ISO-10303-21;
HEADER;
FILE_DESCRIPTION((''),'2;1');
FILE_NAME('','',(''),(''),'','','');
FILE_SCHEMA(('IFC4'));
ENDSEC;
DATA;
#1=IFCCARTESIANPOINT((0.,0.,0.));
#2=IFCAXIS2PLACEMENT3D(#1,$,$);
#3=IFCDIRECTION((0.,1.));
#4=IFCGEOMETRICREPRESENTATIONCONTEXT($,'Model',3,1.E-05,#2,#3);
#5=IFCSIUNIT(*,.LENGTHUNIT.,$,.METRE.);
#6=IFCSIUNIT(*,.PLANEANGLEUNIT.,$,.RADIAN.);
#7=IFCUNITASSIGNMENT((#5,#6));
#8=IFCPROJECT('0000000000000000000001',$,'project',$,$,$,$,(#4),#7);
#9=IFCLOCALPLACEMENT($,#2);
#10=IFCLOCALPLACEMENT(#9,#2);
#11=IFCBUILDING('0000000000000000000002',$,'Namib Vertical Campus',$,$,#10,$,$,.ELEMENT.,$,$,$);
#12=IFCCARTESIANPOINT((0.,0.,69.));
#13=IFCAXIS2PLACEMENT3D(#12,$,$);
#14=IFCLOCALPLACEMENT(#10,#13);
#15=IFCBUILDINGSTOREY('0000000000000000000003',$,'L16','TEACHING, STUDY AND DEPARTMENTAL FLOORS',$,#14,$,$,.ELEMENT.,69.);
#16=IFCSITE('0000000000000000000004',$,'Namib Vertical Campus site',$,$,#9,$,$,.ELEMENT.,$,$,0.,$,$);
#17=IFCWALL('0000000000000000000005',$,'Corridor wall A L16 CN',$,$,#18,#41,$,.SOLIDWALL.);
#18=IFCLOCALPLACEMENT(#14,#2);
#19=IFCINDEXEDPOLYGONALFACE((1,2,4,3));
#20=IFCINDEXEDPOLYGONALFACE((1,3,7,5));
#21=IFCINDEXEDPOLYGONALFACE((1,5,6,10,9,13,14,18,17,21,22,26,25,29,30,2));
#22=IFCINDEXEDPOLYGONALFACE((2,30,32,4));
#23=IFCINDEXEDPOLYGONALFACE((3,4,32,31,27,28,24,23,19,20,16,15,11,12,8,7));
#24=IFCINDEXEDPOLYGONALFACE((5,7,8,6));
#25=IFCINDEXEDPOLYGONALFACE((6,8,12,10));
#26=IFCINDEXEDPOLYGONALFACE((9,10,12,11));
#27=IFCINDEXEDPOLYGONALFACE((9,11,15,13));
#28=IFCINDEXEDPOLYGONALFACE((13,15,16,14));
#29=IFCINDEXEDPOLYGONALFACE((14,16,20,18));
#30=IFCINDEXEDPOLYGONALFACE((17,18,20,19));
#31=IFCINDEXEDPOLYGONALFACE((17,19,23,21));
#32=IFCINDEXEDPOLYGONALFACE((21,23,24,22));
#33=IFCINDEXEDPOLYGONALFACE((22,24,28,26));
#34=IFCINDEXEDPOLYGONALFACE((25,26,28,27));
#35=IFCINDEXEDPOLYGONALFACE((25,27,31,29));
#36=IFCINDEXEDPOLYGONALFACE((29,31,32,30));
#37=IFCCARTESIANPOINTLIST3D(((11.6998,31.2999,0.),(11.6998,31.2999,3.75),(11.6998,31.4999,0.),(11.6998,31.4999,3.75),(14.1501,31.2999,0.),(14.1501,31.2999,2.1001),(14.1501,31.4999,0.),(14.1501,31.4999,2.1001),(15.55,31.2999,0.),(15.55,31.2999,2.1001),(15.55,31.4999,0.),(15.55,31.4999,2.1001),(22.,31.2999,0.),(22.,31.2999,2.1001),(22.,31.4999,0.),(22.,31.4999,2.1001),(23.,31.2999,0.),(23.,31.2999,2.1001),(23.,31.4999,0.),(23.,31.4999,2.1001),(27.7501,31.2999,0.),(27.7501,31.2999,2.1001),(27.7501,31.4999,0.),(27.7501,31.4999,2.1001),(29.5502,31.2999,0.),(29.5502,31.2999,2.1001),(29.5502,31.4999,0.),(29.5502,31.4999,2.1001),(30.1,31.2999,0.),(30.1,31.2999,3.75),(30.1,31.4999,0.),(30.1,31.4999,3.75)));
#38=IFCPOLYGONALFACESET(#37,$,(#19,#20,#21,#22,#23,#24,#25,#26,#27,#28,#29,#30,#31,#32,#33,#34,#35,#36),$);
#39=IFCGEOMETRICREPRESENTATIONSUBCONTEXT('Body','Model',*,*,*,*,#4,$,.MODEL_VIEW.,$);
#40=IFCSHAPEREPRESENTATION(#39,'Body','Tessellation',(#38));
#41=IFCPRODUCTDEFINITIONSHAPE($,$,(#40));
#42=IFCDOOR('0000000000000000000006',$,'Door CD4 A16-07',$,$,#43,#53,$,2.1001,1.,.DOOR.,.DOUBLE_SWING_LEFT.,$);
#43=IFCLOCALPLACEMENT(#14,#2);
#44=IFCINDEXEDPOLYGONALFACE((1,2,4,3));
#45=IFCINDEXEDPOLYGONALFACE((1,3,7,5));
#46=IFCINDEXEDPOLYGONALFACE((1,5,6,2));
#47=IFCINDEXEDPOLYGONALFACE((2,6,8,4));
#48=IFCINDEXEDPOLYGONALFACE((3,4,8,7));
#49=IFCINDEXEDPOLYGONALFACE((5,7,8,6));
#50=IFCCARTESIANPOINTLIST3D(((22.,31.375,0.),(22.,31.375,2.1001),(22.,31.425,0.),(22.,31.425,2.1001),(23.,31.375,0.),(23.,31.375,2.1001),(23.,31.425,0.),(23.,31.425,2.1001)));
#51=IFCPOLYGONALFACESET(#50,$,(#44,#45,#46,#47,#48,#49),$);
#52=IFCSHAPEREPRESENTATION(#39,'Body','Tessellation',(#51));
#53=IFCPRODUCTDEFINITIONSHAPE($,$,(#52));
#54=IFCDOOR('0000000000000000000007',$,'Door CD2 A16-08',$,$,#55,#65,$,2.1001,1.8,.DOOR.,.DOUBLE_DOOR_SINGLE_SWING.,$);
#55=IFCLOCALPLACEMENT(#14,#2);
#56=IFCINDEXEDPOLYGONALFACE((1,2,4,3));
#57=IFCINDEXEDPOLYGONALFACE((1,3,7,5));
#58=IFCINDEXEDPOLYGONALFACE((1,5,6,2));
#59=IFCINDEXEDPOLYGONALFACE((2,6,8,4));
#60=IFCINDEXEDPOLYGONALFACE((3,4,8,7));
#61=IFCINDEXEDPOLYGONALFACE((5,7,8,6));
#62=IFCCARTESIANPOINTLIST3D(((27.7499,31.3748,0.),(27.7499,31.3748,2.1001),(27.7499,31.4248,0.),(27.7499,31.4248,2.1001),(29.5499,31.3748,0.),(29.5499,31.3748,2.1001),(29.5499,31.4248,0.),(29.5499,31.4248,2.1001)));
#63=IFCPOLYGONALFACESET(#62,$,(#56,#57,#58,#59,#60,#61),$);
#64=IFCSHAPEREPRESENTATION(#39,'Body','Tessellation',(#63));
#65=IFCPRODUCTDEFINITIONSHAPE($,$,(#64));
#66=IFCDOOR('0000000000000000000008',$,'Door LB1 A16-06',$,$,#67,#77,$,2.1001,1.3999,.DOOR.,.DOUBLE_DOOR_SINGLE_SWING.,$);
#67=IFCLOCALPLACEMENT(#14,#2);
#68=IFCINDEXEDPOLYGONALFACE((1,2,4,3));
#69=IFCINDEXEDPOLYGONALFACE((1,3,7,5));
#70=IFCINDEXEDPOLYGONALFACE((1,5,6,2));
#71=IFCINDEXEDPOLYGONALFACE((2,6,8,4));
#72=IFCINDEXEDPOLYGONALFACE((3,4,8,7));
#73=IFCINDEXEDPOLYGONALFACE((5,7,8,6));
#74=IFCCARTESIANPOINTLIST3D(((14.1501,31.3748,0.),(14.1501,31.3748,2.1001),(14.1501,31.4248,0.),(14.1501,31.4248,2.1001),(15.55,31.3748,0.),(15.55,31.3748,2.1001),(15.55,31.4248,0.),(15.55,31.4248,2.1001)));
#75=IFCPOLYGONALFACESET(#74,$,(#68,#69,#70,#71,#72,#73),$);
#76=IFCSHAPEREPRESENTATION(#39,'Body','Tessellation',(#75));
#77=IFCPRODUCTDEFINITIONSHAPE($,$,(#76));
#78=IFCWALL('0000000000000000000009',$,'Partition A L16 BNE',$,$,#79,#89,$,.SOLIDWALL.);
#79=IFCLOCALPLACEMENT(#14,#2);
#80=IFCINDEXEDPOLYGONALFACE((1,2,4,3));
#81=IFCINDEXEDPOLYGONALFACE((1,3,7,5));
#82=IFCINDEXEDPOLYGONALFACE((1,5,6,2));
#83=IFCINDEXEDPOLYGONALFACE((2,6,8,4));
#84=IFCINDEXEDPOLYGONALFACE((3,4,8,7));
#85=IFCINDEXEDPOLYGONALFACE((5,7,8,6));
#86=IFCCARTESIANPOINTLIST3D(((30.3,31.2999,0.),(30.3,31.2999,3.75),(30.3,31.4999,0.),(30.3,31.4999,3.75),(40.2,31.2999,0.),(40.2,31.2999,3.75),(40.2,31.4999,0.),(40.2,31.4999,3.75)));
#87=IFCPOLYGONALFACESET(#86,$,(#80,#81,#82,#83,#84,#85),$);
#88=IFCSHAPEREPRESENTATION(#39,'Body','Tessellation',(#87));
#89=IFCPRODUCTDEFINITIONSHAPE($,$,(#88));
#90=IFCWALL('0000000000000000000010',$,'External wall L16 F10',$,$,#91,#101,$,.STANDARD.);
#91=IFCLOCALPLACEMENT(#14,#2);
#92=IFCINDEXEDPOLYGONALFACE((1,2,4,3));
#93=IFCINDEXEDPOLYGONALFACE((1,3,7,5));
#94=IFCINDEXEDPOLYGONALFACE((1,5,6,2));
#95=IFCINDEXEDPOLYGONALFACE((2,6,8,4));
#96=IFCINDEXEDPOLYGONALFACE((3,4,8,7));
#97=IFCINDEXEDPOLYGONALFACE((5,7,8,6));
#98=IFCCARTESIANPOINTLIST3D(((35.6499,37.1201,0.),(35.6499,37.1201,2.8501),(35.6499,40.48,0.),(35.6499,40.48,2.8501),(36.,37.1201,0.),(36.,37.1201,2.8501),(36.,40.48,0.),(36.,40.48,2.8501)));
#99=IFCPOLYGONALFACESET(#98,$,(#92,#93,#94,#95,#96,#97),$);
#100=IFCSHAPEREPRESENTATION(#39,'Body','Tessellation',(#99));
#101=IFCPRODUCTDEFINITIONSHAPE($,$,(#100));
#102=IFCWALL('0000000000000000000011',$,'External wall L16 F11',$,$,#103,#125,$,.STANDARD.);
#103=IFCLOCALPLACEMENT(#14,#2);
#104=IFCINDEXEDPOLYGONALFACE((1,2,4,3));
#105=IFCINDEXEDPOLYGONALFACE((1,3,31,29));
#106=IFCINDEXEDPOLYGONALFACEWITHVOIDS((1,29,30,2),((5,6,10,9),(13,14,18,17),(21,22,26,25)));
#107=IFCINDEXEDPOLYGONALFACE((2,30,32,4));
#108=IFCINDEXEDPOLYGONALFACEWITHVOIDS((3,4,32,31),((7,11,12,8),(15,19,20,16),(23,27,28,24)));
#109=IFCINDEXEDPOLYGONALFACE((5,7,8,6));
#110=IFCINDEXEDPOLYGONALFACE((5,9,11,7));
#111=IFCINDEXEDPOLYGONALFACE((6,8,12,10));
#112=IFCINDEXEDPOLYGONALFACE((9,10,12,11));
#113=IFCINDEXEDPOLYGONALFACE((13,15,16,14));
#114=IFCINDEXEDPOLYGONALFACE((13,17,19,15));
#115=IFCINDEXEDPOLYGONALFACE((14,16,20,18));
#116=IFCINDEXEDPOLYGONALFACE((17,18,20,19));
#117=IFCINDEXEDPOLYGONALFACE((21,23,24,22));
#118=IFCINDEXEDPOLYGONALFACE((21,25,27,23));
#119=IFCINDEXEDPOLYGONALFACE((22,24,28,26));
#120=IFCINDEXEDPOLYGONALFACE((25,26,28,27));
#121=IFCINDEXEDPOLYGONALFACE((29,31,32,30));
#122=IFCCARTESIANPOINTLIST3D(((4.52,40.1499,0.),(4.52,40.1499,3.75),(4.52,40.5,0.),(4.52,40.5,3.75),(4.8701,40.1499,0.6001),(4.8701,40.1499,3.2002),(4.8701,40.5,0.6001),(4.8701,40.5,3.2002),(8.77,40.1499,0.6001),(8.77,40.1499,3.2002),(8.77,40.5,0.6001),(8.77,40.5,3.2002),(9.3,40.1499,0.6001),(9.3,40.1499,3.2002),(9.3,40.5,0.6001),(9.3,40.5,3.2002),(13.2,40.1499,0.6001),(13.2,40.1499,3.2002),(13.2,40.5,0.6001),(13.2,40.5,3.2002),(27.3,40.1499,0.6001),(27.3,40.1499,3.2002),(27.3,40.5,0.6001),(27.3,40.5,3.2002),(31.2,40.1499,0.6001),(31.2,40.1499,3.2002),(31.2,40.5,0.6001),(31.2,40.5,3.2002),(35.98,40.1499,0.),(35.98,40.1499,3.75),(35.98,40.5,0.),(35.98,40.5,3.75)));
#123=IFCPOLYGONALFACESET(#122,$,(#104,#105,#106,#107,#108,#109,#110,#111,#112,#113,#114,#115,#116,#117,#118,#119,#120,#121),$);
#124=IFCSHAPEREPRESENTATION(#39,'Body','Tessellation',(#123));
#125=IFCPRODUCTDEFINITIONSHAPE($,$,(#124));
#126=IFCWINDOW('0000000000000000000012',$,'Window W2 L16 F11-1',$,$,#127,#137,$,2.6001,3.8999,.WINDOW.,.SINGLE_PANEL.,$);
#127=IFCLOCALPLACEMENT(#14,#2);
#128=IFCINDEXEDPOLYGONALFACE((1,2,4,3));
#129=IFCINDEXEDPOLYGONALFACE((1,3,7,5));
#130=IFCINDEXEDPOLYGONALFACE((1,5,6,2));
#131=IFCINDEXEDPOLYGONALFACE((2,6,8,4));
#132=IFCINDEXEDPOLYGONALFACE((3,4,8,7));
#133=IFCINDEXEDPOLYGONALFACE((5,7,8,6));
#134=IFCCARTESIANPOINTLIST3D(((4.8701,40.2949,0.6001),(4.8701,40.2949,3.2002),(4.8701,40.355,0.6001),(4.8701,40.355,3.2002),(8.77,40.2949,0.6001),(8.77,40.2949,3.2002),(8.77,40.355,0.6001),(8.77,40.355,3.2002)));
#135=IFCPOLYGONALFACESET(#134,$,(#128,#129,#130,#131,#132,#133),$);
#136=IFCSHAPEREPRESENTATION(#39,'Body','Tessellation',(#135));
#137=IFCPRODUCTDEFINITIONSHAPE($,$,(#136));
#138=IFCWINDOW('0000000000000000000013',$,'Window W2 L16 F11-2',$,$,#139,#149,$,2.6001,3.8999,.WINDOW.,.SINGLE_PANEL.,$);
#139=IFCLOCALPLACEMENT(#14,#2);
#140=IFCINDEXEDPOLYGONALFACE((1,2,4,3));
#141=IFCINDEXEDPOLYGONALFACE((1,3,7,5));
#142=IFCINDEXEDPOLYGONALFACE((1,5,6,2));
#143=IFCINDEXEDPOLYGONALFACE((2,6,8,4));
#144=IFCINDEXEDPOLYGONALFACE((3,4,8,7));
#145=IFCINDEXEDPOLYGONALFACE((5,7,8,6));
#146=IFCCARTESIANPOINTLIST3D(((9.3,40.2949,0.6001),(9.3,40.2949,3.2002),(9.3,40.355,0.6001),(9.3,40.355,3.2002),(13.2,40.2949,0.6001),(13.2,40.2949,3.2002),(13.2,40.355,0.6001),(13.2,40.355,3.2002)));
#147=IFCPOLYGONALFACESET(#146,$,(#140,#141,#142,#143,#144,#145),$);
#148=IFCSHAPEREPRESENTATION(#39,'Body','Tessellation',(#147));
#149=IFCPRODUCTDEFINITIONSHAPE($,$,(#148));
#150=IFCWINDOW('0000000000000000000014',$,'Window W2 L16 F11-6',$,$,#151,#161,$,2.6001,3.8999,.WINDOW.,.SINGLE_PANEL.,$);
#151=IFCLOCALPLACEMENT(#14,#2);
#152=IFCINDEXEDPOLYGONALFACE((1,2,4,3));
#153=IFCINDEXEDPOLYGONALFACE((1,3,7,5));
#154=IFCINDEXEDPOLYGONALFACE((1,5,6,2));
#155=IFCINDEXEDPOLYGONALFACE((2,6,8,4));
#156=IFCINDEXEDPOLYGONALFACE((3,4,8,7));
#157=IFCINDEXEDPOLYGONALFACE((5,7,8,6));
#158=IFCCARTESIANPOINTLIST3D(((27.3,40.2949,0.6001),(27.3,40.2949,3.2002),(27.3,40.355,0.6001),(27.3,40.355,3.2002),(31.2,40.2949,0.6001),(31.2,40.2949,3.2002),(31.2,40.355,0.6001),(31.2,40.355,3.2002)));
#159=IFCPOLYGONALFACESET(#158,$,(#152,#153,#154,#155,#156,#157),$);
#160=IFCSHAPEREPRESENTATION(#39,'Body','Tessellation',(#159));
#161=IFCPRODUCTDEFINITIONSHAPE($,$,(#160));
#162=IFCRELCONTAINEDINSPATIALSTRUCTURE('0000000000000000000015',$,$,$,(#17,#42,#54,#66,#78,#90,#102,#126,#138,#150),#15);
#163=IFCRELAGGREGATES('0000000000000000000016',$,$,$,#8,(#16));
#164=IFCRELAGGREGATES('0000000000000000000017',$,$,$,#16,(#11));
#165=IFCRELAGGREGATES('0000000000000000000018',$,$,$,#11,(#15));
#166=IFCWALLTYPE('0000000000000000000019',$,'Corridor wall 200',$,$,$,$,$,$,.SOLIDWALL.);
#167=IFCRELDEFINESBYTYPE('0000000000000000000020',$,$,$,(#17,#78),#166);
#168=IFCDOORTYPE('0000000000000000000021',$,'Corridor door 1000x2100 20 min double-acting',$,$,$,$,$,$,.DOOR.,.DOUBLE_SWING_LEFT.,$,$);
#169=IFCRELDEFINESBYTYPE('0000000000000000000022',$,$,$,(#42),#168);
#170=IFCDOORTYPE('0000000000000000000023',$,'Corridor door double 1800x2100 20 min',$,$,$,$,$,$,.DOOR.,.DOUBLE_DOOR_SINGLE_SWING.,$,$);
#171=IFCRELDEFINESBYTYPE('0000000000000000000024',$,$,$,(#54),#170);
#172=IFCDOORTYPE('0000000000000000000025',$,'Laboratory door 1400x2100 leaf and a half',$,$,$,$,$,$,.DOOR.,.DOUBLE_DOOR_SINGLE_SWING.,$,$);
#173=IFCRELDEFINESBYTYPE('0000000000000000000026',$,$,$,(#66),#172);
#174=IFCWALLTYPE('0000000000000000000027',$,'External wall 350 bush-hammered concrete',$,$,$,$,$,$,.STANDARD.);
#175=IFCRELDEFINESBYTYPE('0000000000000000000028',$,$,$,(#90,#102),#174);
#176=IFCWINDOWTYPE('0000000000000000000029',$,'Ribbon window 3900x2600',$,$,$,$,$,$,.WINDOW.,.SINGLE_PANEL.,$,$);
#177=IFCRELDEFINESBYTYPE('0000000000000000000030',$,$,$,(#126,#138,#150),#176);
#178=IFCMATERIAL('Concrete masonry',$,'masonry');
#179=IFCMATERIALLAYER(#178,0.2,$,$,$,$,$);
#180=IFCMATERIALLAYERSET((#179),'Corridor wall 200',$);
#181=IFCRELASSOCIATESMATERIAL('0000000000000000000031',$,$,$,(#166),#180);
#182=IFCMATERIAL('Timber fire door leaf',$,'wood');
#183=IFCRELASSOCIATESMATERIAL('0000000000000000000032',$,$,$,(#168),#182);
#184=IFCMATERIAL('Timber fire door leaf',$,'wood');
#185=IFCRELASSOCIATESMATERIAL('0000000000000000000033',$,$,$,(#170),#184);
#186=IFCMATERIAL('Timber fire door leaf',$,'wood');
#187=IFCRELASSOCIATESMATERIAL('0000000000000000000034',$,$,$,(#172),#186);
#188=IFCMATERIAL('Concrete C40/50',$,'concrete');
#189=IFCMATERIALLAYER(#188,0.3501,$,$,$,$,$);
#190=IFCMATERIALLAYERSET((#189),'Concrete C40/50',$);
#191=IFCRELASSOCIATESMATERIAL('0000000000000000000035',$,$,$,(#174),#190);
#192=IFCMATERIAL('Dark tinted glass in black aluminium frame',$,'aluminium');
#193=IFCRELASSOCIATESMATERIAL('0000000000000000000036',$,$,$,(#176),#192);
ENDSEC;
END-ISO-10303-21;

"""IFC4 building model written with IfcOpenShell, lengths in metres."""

from ifc_helpers import new_model, si_unit, direction, frame, frame_2d, origin, place, context, subcontext, project, spatial, rectangle, extrude, material, layer, layer_set, type_object, element, fill, save


model = new_model("IFC4")

# Units and contexts
model_context = context("Model", 3, precision=1e-05, world=origin(), true_north=direction((0.0, 1.0)))
body_context = subcontext(model_context, "Body", "Model", "MODEL_VIEW")
ifc_project = project(units=[si_unit("LENGTHUNIT", "METRE"), si_unit("PLANEANGLEUNIT", "RADIAN")], contexts=[model_context])

# Site, building, storey
site_placement = place(None, origin())
site = spatial("IfcSite", under=ifc_project, at=site_placement, Name="Namib Vertical Campus site", CompositionType="ELEMENT", RefElevation=0.0)
building_placement = place(site_placement, origin())
building = spatial("IfcBuilding", under=site, at=building_placement, Name="Namib Vertical Campus", CompositionType="ELEMENT")
storey_placement = place(building_placement, frame((0.0, 0.0, 69.0)))
storey = spatial("IfcBuildingStorey", under=building, at=storey_placement, Name="L16", Description="TEACHING, STUDY AND DEPARTMENTAL FLOORS", CompositionType="ELEMENT", Elevation=69.0)

# Wall, openings, doors
ifc_material_1 = material(Name="Concrete masonry", Category="masonry")
ifc_layer_1 = layer(ifc_material_1, 0.2)
ifc_layer_set_1 = layer_set([ifc_layer_1], Name="Corridor wall 200")
wall_type_1 = type_object("IfcWallType", Name="Corridor wall 200", PredefinedType="SOLIDWALL", material=ifc_layer_set_1)
wall_1_placement = place(storey_placement, frame((30.1001, 31.3999, 0.0), z_axis=(0.0, 0.0, 1.0), x_axis=(-1.0, 0.0, 0.0)))
wall_1 = element("IfcWall", 1, at=wall_1_placement, inside=storey, type_object=wall_type_1, Name="Corridor wall A L16 CN", PredefinedType="SOLIDWALL", context=body_context, shape_type="SweptSolid", body=[
    extrude(rectangle(XDim=18.4001, YDim=0.2, at=frame_2d((9.2002, 0.0))), origin(), (0.0, 0.0, 1.0), 3.75),
])
opening_1_placement = place(wall_1_placement, frame((14.55, 0.0, 0.0)))
opening_1 = element("IfcOpeningElement", 2, at=opening_1_placement, cuts=wall_1, PredefinedType="OPENING", context=body_context, shape_type="SweptSolid", body=[
    extrude(rectangle(XDim=1.3999, YDim=2.1001, at=frame_2d((0.7, 1.05))), frame((0.0, 0.1099, 0.0), z_axis=(0.0, -1.0, 0.0), x_axis=(1.0, 0.0, 0.0)), (0.0, 0.0, 1.0), 0.22),
])
opening_2_placement = place(wall_1_placement, frame((7.1001, 0.0, 0.0)))
opening_2 = element("IfcOpeningElement", 3, at=opening_2_placement, cuts=wall_1, PredefinedType="OPENING", context=body_context, shape_type="SweptSolid", body=[
    extrude(rectangle(XDim=1.0, YDim=2.1001, at=frame_2d((0.5, 1.05))), frame((0.0, 0.1099, 0.0), z_axis=(0.0, -1.0, 0.0), x_axis=(1.0, 0.0, 0.0)), (0.0, 0.0, 1.0), 0.22),
])
opening_3_placement = place(wall_1_placement, frame((0.55, 0.0, 0.0)))
opening_3 = element("IfcOpeningElement", 4, at=opening_3_placement, cuts=wall_1, PredefinedType="OPENING", context=body_context, shape_type="SweptSolid", body=[
    extrude(rectangle(XDim=1.8, YDim=2.1001, at=frame_2d((0.8999, 1.05))), frame((0.0, 0.1099, 0.0), z_axis=(0.0, -1.0, 0.0), x_axis=(1.0, 0.0, 0.0)), (0.0, 0.0, 1.0), 0.22),
])
ifc_material_2 = material(Name="Timber fire door leaf", Category="wood")
door_type_1 = type_object("IfcDoorType", Name="Corridor door 1000x2100 20 min double-acting", OperationType="DOUBLE_SWING_LEFT", PredefinedType="DOOR", material=ifc_material_2)
door_1_placement = place(opening_2_placement, origin())
door_1 = element("IfcDoor", 5, at=door_1_placement, inside=storey, type_object=door_type_1, Name="Door CD4 A16-07", OperationType="DOUBLE_SWING_LEFT", OverallHeight=2.1001, OverallWidth=1.0, PredefinedType="DOOR", context=body_context, shape_type="SweptSolid", body=[
    extrude(rectangle(XDim=1.0, YDim=2.1001, at=frame_2d((0.5, 1.05))), frame((0.0, 0.0249, 0.0), z_axis=(0.0, -1.0, 0.0), x_axis=(1.0, 0.0, 0.0)), (0.0, 0.0, 1.0), 0.05),
])
fill(opening_2, door_1)
ifc_material_3 = material(Name="Timber fire door leaf", Category="wood")
door_type_2 = type_object("IfcDoorType", Name="Corridor door double 1800x2100 20 min", OperationType="DOUBLE_DOOR_SINGLE_SWING", PredefinedType="DOOR", material=ifc_material_3)
door_2_placement = place(opening_3_placement, frame((1.8, 0.0, 0.0), z_axis=(0.0, 0.0, 1.0), x_axis=(-1.0, 0.0, 0.0)))
door_2 = element("IfcDoor", 6, at=door_2_placement, inside=storey, type_object=door_type_2, Name="Door CD2 A16-08", OperationType="DOUBLE_DOOR_SINGLE_SWING", OverallHeight=2.1001, OverallWidth=1.8, PredefinedType="DOOR", context=body_context, shape_type="SweptSolid", body=[
    extrude(rectangle(XDim=1.8, YDim=2.1001, at=frame_2d((0.8999, 1.05))), frame((0.0, 0.0249, 0.0), z_axis=(0.0, -1.0, 0.0), x_axis=(1.0, 0.0, 0.0)), (0.0, 0.0, 1.0), 0.05),
])
fill(opening_3, door_2)
ifc_material_4 = material(Name="Timber fire door leaf", Category="wood")
door_type_3 = type_object("IfcDoorType", Name="Laboratory door 1400x2100 leaf and a half", OperationType="DOUBLE_DOOR_SINGLE_SWING", PredefinedType="DOOR", material=ifc_material_4)
door_3_placement = place(opening_1_placement, frame((1.3999, 0.0, 0.0), z_axis=(0.0, 0.0, 1.0), x_axis=(-1.0, 0.0, 0.0)))
door_3 = element("IfcDoor", 7, at=door_3_placement, inside=storey, type_object=door_type_3, Name="Door LB1 A16-06", OperationType="DOUBLE_DOOR_SINGLE_SWING", OverallHeight=2.1001, OverallWidth=1.3999, PredefinedType="DOOR", context=body_context, shape_type="SweptSolid", body=[
    extrude(rectangle(XDim=1.3999, YDim=2.1001, at=frame_2d((0.7, 1.05))), frame((0.0, 0.0249, 0.0), z_axis=(0.0, -1.0, 0.0), x_axis=(1.0, 0.0, 0.0)), (0.0, 0.0, 1.0), 0.05),
])
fill(opening_1, door_3)

# Walls
wall_2_placement = place(storey_placement, frame((30.3, 31.3999, 0.0), z_axis=(0.0, 0.0, 1.0), x_axis=(1.0, 0.0, 0.0)))
element("IfcWall", 8, at=wall_2_placement, inside=storey, type_object=wall_type_1, Name="Partition A L16 BNE", PredefinedType="SOLIDWALL", context=body_context, shape_type="SweptSolid", body=[
    extrude(rectangle(XDim=9.8999, YDim=0.2, at=frame_2d((4.95, 0.0))), origin(), (0.0, 0.0, 1.0), 3.75),
])
ifc_material_5 = material(Name="Concrete C40/50", Category="concrete")
ifc_layer_2 = layer(ifc_material_5, 0.3501)
ifc_layer_set_2 = layer_set([ifc_layer_2], Name="Concrete C40/50")
wall_type_2 = type_object("IfcWallType", Name="External wall 350 bush-hammered concrete", PredefinedType="STANDARD", material=ifc_layer_set_2)
wall_3_placement = place(storey_placement, frame((35.825, 37.1201, 0.0), z_axis=(0.0, 0.0, 1.0), x_axis=(0.0, 1.0, 0.0)))
element("IfcWall", 9, at=wall_3_placement, inside=storey, type_object=wall_type_2, Name="External wall L16 F10", PredefinedType="STANDARD", context=body_context, shape_type="SweptSolid", body=[
    extrude(rectangle(XDim=3.3599, YDim=0.3501, at=frame_2d((1.6799, 0.0))), origin(), (0.0, 0.0, 1.0), 2.8501),
])

# Wall, openings, windows
wall_4_placement = place(storey_placement, frame((35.98, 40.325, 0.0), z_axis=(0.0, 0.0, 1.0), x_axis=(-1.0, 0.0, 0.0)))
wall_4 = element("IfcWall", 10, at=wall_4_placement, inside=storey, type_object=wall_type_2, Name="External wall L16 F11", PredefinedType="STANDARD", context=body_context, shape_type="SweptSolid", body=[
    extrude(rectangle(XDim=31.46, YDim=0.3501, at=frame_2d((15.73, 0.0))), origin(), (0.0, 0.0, 1.0), 3.75),
])
opening_4_placement = place(wall_4_placement, frame((27.21, 0.0, 0.6001)))
opening_4 = element("IfcOpeningElement", 11, at=opening_4_placement, cuts=wall_4, PredefinedType="OPENING", context=body_context, shape_type="SweptSolid", body=[
    extrude(rectangle(XDim=3.8999, YDim=2.6001, at=frame_2d((1.95, 1.3))), frame((0.0, 0.1851, 0.0), z_axis=(0.0, -1.0, 0.0), x_axis=(1.0, 0.0, 0.0)), (0.0, 0.0, 1.0), 0.3701),
])
opening_5_placement = place(wall_4_placement, frame((22.78, 0.0, 0.6001)))
opening_5 = element("IfcOpeningElement", 12, at=opening_5_placement, cuts=wall_4, PredefinedType="OPENING", context=body_context, shape_type="SweptSolid", body=[
    extrude(rectangle(XDim=3.8999, YDim=2.6001, at=frame_2d((1.95, 1.3))), frame((0.0, 0.1851, 0.0), z_axis=(0.0, -1.0, 0.0), x_axis=(1.0, 0.0, 0.0)), (0.0, 0.0, 1.0), 0.3701),
])
opening_6_placement = place(wall_4_placement, frame((4.78, 0.0, 0.6001)))
opening_6 = element("IfcOpeningElement", 13, at=opening_6_placement, cuts=wall_4, PredefinedType="OPENING", context=body_context, shape_type="SweptSolid", body=[
    extrude(rectangle(XDim=3.8999, YDim=2.6001, at=frame_2d((1.95, 1.3))), frame((0.0, 0.1851, 0.0), z_axis=(0.0, -1.0, 0.0), x_axis=(1.0, 0.0, 0.0)), (0.0, 0.0, 1.0), 0.3701),
])
ifc_material_6 = material(Name="Dark tinted glass in black aluminium frame", Category="aluminium")
window_type = type_object("IfcWindowType", Name="Ribbon window 3900x2600", PartitioningType="SINGLE_PANEL", PredefinedType="WINDOW", material=ifc_material_6)
window_1_placement = place(opening_4_placement, origin())
window_1 = element("IfcWindow", 14, at=window_1_placement, inside=storey, type_object=window_type, Name="Window W2 L16 F11-1", OverallHeight=2.6001, OverallWidth=3.8999, PartitioningType="SINGLE_PANEL", PredefinedType="WINDOW", context=body_context, shape_type="SweptSolid", body=[
    extrude(rectangle(XDim=3.8999, YDim=2.6001, at=frame_2d((1.95, 1.3))), frame((0.0, 0.03, 0.0), z_axis=(0.0, -1.0, 0.0), x_axis=(1.0, 0.0, 0.0)), (0.0, 0.0, 1.0), 0.0601),
])
fill(opening_4, window_1)
window_2_placement = place(opening_5_placement, origin())
window_2 = element("IfcWindow", 15, at=window_2_placement, inside=storey, type_object=window_type, Name="Window W2 L16 F11-2", OverallHeight=2.6001, OverallWidth=3.8999, PartitioningType="SINGLE_PANEL", PredefinedType="WINDOW", context=body_context, shape_type="SweptSolid", body=[
    extrude(rectangle(XDim=3.8999, YDim=2.6001, at=frame_2d((1.95, 1.3))), frame((0.0, 0.03, 0.0), z_axis=(0.0, -1.0, 0.0), x_axis=(1.0, 0.0, 0.0)), (0.0, 0.0, 1.0), 0.0601),
])
fill(opening_5, window_2)
window_3_placement = place(opening_6_placement, origin())
window_3 = element("IfcWindow", 16, at=window_3_placement, inside=storey, type_object=window_type, Name="Window W2 L16 F11-6", OverallHeight=2.6001, OverallWidth=3.8999, PartitioningType="SINGLE_PANEL", PredefinedType="WINDOW", context=body_context, shape_type="SweptSolid", body=[
    extrude(rectangle(XDim=3.8999, YDim=2.6001, at=frame_2d((1.95, 1.3))), frame((0.0, 0.03, 0.0), z_axis=(0.0, -1.0, 0.0), x_axis=(1.0, 0.0, 0.0)), (0.0, 0.0, 1.0), 0.0601),
])
fill(opening_6, window_3)

save(model, "model.ifc")
